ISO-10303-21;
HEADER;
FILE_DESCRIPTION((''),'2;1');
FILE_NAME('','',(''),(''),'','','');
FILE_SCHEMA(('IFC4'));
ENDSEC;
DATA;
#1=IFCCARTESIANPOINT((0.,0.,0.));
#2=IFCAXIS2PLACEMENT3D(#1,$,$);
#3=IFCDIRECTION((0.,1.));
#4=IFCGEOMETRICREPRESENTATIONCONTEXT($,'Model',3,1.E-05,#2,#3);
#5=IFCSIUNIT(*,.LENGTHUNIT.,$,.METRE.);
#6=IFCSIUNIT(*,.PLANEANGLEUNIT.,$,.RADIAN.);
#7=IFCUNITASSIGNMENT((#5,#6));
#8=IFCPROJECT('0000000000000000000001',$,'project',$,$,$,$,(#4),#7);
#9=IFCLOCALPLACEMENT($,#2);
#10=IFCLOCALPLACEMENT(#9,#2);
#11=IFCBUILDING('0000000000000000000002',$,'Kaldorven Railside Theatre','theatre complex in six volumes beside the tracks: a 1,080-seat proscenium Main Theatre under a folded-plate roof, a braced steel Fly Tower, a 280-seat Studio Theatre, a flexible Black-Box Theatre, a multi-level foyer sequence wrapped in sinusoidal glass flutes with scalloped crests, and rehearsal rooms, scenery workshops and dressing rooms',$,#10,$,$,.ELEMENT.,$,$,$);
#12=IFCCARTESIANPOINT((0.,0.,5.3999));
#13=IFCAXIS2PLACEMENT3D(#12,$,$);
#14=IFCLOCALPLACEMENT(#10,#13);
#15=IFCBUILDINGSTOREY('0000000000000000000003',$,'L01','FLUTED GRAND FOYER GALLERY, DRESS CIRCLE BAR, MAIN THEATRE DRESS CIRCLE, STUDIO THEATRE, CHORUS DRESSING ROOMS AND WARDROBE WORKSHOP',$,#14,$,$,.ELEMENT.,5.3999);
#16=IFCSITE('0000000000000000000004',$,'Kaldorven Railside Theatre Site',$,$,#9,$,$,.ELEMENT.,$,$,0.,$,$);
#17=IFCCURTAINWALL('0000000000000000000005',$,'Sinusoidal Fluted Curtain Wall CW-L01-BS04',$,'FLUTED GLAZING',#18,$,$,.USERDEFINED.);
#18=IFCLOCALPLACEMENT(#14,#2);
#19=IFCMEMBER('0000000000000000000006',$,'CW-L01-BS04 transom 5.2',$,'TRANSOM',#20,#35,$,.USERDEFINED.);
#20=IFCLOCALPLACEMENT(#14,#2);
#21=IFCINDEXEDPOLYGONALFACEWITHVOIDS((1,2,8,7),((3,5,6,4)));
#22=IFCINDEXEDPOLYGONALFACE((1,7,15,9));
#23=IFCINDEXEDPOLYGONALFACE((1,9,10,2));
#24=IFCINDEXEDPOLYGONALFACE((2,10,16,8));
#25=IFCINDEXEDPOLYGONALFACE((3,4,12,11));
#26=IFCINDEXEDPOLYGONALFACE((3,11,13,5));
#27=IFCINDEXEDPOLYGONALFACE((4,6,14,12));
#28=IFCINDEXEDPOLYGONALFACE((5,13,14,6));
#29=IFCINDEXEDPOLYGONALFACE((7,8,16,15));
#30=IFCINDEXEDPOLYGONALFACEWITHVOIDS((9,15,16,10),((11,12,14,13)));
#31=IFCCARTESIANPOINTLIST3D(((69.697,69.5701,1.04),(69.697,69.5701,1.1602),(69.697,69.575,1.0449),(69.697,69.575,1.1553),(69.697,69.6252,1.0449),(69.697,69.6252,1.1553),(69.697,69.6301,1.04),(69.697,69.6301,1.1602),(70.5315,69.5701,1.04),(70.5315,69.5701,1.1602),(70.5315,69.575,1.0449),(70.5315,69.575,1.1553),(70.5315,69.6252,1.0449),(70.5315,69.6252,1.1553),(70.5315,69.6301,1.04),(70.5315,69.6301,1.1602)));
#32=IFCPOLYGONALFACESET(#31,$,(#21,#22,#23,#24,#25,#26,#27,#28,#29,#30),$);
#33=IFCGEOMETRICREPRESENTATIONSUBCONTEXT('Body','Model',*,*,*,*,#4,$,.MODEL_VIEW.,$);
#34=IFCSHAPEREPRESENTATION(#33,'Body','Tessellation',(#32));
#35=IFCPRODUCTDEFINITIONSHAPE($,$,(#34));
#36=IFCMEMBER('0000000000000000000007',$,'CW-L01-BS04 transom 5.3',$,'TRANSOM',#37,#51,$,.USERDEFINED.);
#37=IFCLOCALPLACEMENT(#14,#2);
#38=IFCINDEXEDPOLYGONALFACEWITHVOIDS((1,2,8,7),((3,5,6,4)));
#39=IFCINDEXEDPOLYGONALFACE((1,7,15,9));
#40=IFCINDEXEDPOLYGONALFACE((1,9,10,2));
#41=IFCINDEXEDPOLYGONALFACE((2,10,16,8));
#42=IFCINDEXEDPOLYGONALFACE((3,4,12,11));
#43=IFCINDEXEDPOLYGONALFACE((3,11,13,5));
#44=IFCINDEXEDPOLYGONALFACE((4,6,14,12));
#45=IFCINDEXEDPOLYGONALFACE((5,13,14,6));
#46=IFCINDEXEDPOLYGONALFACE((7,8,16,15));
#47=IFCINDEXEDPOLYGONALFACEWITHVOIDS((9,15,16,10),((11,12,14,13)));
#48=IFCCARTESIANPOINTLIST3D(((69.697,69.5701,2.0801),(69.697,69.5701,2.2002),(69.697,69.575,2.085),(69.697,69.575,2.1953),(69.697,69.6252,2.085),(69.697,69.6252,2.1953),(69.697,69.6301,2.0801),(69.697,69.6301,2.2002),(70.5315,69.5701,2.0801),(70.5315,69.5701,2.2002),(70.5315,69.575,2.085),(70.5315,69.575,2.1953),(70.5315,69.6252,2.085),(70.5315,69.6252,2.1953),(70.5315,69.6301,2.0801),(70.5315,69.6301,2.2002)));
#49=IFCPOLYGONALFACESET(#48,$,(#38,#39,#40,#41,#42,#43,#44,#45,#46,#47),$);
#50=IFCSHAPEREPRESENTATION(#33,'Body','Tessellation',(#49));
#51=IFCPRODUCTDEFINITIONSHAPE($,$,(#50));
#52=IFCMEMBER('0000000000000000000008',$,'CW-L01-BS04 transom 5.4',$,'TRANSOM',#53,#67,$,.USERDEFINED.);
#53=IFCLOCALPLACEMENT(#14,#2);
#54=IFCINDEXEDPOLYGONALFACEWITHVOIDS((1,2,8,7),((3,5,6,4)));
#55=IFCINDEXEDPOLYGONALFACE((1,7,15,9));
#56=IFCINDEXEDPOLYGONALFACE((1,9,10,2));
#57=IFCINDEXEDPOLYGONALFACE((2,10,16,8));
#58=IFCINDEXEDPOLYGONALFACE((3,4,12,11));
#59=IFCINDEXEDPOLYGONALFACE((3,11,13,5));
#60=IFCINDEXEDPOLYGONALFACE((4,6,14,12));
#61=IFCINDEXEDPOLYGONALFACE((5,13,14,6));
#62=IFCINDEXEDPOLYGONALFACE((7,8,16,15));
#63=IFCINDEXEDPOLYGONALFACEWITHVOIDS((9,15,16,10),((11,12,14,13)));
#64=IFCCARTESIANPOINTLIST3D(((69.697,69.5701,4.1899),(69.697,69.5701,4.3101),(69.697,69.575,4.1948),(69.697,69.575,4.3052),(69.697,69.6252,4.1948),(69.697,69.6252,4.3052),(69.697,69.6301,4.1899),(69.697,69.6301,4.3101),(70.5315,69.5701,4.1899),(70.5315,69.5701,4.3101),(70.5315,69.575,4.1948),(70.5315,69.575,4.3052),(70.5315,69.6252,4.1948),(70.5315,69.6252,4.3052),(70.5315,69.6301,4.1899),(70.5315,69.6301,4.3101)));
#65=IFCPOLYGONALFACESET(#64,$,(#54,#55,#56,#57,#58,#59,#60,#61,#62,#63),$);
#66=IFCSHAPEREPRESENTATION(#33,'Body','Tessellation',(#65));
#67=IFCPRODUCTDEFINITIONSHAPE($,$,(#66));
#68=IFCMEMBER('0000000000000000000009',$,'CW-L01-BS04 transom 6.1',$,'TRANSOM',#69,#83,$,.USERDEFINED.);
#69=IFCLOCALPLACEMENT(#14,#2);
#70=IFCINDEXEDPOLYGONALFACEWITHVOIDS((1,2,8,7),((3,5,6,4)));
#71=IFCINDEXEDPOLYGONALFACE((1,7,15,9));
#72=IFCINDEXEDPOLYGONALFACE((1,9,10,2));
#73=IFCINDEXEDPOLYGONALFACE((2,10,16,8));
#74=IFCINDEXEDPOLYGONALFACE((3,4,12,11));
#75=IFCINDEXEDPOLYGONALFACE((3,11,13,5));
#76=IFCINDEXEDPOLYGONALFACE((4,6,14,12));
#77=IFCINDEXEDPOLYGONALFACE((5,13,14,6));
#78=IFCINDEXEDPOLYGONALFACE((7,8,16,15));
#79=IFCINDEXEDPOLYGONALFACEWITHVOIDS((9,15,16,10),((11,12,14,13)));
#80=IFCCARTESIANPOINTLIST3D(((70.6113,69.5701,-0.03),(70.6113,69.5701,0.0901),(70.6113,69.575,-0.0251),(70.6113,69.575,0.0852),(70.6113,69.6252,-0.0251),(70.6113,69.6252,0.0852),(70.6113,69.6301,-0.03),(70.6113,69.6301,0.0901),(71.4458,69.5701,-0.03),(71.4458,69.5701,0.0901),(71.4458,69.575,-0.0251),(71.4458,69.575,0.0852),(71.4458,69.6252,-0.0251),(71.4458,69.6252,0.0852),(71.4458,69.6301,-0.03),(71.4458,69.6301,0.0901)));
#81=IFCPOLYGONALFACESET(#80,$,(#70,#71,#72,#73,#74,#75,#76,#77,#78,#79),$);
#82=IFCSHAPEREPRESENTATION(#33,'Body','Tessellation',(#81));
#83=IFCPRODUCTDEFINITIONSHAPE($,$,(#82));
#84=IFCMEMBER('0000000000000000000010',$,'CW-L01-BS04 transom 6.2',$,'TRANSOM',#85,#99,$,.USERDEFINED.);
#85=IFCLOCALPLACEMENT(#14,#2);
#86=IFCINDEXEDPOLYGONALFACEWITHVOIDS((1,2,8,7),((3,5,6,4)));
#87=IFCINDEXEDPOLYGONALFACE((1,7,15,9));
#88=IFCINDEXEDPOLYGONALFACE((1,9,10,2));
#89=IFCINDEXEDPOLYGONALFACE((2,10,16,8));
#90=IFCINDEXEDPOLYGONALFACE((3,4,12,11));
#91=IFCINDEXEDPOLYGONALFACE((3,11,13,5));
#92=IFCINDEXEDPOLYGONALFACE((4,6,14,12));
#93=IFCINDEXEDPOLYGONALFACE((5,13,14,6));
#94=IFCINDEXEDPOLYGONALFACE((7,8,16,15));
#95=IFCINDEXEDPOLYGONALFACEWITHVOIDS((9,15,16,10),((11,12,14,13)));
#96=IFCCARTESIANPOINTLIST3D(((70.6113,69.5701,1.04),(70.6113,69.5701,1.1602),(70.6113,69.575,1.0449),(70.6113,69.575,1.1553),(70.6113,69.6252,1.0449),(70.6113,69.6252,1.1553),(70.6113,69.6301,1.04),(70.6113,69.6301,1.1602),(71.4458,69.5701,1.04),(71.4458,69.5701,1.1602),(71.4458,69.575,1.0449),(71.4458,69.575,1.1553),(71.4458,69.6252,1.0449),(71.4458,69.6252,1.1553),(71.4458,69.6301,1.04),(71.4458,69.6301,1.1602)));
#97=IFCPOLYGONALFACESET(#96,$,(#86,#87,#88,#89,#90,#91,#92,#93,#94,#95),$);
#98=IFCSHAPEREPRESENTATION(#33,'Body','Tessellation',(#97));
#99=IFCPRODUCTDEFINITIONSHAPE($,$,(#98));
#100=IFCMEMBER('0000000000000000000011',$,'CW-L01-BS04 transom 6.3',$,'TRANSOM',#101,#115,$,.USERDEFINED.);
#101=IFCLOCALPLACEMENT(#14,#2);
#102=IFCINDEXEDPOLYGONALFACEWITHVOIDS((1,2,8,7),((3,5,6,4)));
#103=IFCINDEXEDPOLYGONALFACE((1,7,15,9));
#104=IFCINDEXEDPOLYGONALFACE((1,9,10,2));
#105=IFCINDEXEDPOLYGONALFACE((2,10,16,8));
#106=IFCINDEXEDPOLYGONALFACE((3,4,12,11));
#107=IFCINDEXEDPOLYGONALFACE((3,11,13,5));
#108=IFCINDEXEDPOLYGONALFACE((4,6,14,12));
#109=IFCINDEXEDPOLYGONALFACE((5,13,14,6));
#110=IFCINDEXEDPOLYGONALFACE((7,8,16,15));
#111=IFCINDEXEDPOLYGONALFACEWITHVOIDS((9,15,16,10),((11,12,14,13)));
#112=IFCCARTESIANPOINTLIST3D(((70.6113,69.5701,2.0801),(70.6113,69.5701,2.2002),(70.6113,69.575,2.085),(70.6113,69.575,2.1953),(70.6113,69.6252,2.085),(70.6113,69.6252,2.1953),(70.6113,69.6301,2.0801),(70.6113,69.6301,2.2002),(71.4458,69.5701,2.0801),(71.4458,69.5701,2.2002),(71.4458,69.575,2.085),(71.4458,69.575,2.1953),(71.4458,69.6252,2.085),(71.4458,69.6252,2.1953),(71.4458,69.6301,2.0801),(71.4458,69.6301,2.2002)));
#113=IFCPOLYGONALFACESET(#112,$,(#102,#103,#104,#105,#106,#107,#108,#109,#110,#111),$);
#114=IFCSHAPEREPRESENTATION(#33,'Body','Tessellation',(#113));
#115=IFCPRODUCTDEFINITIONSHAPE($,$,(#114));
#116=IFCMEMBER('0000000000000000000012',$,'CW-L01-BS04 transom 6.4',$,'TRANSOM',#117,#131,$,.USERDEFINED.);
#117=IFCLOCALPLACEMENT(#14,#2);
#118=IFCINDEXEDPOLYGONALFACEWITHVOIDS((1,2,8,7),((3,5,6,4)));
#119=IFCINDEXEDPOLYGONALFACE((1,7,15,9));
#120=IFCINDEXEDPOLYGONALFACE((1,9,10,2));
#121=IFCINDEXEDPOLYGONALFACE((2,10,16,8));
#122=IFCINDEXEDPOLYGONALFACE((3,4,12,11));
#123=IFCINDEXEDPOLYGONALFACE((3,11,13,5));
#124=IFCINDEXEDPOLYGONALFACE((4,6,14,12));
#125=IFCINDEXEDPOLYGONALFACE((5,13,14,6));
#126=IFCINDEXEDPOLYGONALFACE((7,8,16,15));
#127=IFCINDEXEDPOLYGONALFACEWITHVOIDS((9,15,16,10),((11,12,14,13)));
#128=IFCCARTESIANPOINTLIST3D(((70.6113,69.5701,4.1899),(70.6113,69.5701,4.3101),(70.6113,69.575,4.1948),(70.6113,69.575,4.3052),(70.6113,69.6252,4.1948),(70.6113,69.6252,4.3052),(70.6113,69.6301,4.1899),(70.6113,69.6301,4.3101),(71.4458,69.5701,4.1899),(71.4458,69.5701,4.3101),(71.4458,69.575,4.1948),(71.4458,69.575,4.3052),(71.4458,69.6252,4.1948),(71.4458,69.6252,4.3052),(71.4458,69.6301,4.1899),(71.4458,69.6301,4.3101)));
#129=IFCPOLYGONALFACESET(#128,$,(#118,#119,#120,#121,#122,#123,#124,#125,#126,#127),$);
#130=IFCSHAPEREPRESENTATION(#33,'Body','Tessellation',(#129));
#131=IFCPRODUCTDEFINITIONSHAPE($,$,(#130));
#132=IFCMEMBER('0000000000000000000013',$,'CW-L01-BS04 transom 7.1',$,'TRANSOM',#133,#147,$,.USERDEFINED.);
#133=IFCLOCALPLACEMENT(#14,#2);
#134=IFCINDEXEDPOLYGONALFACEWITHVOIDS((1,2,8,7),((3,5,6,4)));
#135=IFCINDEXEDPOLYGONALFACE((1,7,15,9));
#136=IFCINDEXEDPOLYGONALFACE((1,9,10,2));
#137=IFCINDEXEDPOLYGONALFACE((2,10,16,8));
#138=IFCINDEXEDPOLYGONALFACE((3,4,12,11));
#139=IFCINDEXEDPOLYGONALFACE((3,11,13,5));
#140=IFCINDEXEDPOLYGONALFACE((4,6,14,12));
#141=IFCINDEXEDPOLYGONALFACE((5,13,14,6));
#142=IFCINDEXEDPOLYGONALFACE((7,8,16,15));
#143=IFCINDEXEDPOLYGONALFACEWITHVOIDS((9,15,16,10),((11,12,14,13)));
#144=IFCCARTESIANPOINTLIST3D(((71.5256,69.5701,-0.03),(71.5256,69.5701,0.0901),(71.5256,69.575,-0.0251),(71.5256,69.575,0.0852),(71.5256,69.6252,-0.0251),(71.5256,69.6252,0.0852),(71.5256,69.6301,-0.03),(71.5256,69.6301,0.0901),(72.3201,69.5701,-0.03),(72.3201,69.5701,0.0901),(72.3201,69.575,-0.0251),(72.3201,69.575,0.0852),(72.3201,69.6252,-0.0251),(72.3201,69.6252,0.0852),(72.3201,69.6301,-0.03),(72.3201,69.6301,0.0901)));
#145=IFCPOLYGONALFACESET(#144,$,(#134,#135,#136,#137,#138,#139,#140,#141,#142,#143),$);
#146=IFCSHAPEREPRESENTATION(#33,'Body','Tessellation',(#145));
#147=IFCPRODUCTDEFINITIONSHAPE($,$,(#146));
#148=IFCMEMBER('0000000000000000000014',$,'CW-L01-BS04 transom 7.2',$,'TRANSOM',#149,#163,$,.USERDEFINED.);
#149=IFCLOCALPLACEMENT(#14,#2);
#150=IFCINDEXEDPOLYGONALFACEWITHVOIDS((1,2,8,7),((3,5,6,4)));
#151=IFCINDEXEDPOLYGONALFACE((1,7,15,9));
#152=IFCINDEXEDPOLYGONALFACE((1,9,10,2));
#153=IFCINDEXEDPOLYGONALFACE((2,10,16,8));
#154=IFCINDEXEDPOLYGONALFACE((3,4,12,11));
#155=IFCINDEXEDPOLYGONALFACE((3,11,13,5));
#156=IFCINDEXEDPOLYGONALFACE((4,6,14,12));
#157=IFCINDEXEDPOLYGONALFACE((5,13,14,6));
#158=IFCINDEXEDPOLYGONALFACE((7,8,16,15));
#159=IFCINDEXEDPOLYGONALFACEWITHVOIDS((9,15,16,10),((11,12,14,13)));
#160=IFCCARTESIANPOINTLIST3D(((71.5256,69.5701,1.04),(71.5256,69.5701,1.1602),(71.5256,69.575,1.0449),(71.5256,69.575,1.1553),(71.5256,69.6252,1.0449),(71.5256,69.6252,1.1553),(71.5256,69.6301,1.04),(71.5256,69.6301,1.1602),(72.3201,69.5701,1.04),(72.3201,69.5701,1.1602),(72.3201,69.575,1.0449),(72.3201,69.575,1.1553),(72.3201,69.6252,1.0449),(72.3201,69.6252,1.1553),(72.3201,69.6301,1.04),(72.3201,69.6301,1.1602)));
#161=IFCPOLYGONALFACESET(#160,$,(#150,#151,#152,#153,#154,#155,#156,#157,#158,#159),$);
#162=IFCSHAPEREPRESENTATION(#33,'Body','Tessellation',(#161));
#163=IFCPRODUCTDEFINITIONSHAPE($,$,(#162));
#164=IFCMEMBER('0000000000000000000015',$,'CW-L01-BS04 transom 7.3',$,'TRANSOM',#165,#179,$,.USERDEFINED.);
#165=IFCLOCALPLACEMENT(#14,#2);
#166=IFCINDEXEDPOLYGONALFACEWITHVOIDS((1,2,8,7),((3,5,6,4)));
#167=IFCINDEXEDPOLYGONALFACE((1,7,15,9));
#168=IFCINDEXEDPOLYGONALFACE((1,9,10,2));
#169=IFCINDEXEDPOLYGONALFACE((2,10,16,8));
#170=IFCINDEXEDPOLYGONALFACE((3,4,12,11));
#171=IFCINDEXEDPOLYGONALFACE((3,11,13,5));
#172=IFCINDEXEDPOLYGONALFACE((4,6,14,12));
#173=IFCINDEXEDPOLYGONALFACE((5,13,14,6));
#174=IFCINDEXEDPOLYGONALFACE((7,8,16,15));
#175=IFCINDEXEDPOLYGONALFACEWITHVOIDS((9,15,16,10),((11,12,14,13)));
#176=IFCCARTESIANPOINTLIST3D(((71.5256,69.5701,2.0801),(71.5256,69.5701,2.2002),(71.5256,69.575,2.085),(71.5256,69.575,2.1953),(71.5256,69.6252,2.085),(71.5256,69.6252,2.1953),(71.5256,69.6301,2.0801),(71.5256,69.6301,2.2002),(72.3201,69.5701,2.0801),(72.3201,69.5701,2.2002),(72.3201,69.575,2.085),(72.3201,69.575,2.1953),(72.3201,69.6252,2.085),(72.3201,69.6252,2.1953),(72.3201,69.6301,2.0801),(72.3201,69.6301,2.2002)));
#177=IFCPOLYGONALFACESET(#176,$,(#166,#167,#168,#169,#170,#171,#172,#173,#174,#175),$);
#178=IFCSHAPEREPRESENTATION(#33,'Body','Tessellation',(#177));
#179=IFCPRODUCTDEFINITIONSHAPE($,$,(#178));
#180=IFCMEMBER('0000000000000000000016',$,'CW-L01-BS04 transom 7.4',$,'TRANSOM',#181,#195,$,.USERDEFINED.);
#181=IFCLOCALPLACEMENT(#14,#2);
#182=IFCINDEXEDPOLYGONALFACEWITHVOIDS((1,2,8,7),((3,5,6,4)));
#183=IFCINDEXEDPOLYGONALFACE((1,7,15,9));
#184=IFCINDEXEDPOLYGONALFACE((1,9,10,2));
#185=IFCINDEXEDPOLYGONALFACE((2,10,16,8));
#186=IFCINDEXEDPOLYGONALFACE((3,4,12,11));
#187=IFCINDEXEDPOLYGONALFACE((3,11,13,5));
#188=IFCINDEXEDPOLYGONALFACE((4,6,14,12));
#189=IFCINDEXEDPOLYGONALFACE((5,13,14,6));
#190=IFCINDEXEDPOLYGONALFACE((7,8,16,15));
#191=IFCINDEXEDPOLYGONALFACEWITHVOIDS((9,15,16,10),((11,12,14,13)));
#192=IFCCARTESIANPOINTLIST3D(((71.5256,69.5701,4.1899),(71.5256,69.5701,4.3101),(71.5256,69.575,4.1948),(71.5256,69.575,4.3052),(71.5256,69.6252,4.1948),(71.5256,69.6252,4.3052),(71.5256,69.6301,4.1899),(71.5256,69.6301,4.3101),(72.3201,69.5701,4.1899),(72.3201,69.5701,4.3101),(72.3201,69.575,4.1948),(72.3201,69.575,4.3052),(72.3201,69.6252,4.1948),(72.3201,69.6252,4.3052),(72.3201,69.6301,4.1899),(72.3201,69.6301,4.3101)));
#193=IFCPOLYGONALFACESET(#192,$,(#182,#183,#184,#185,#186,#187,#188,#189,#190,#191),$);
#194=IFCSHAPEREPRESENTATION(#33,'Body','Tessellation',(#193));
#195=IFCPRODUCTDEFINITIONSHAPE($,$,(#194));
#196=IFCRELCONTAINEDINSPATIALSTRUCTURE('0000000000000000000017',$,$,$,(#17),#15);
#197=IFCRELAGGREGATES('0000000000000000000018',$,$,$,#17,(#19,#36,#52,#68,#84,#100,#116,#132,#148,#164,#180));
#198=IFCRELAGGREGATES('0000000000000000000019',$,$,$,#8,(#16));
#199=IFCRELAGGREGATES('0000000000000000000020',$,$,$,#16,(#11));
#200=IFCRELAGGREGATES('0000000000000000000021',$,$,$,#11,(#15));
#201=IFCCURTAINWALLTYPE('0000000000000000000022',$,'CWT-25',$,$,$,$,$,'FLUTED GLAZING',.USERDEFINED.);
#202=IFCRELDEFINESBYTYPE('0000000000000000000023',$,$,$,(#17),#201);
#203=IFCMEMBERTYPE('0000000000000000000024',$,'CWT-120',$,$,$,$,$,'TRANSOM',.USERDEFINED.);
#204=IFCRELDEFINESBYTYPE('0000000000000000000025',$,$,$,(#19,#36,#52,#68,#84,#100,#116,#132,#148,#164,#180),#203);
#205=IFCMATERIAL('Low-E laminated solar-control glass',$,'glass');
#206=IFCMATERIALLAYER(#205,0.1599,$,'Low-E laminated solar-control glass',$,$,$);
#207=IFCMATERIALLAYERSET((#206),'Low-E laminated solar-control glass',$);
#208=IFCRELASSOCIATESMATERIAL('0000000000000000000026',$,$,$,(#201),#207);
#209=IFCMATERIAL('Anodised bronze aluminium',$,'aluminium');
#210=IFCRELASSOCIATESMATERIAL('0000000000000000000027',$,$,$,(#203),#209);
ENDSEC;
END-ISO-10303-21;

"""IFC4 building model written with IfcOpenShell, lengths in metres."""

from ifc_helpers import new_model, si_unit, direction, frame, origin, origin_2d, place, context, subcontext, project, spatial, hollow_rectangle, extrude, material, layer, layer_set, material_profile, profile_set, type_object, element, aggregate, save


model = new_model("IFC4")

# Units and contexts
model_context = context("Model", 3, precision=1e-05, world=origin(), true_north=direction((0.0, 1.0)))
body_context = subcontext(model_context, "Body", "Model", "MODEL_VIEW")
ifc_project = project(units=[si_unit("LENGTHUNIT", "METRE"), si_unit("PLANEANGLEUNIT", "RADIAN")], contexts=[model_context])

# Site, building, storey
site_placement = place(None, origin())
site = spatial("IfcSite", under=ifc_project, at=site_placement, Name="Kaldorven Railside Theatre Site", CompositionType="ELEMENT", RefElevation=0.0)
building_placement = place(site_placement, origin())
building = spatial("IfcBuilding", under=site, at=building_placement, Name="Kaldorven Railside Theatre", Description="theatre complex in six volumes beside the tracks: a 1,080-seat proscenium Main Theatre under a folded-plate roof, a braced steel Fly Tower, a 280-seat Studio Theatre, a flexible Black-Box Theatre, a multi-level foyer sequence wrapped in sinusoidal glass flutes with scalloped crests, and rehearsal rooms, scenery workshops and dressing rooms", CompositionType="ELEMENT")
storey_placement = place(building_placement, frame((0.0, 0.0, 5.3999)))
storey = spatial("IfcBuildingStorey", under=building, at=storey_placement, Name="L01", Description="FLUTED GRAND FOYER GALLERY, DRESS CIRCLE BAR, MAIN THEATRE DRESS CIRCLE, STUDIO THEATRE, CHORUS DRESSING ROOMS AND WARDROBE WORKSHOP", CompositionType="ELEMENT", Elevation=5.3999)

# Curtain wall, members
ifc_material_1 = material(Name="Low-E laminated solar-control glass", Category="glass")
ifc_layer_1 = layer(ifc_material_1, 0.1599, Name="Low-E laminated solar-control glass")
ifc_layer_set_1 = layer_set([ifc_layer_1], Name="Low-E laminated solar-control glass")
curtain_wall_type = type_object("IfcCurtainWallType", Name="CWT-25", ElementType="FLUTED GLAZING", PredefinedType="USERDEFINED", material=ifc_layer_set_1)
curtain_wall_placement = place(storey_placement, origin())
curtain_wall = element("IfcCurtainWall", 1, at=curtain_wall_placement, inside=storey, type_object=curtain_wall_type, Name="Sinusoidal Fluted Curtain Wall CW-L01-BS04", ObjectType="FLUTED GLAZING", PredefinedType="USERDEFINED")
ifc_material_2 = material(Name="Anodised bronze aluminium", Category="aluminium")
ifc_material_profile_1 = material_profile(ifc_material_2, hollow_rectangle(XDim=0.0601, YDim=0.1201, WallThickness=0.0049, at=origin_2d()), Name="RHS 120x60x5")
ifc_profile_set_1 = profile_set([ifc_material_profile_1], Name="Anodised bronze aluminium")
member_type_1 = type_object("IfcMemberType", Name="CWT-120", ElementType="TRANSOM", PredefinedType="USERDEFINED", material=ifc_profile_set_1)
member_1_placement = place(storey_placement, frame((69.697, 69.6001, 1.1001), z_axis=(1.0, 0.0, 0.0), x_axis=(0.0, 1.0, 0.0)))
member_1 = element("IfcMember", 2, at=member_1_placement, type_object=member_type_1, Name="CW-L01-BS04 transom 5.2", ObjectType="TRANSOM", PredefinedType="USERDEFINED", context=body_context, shape_type="SweptSolid", body=[
    extrude(hollow_rectangle(XDim=0.0601, YDim=0.1201, WallThickness=0.0049, at=origin_2d()), origin(), (0.0, 0.0, 1.0), 0.8345),
])
member_2_placement = place(storey_placement, frame((69.697, 69.6001, 2.1401), z_axis=(1.0, 0.0, 0.0), x_axis=(0.0, 1.0, 0.0)))
member_2 = element("IfcMember", 3, at=member_2_placement, type_object=member_type_1, Name="CW-L01-BS04 transom 5.3", ObjectType="TRANSOM", PredefinedType="USERDEFINED", context=body_context, shape_type="SweptSolid", body=[
    extrude(hollow_rectangle(XDim=0.0601, YDim=0.1201, WallThickness=0.0049, at=origin_2d()), origin(), (0.0, 0.0, 1.0), 0.8345),
])
member_3_placement = place(storey_placement, frame((69.697, 69.6001, 4.25), z_axis=(1.0, 0.0, 0.0), x_axis=(0.0, 1.0, 0.0)))
member_3 = element("IfcMember", 4, at=member_3_placement, type_object=member_type_1, Name="CW-L01-BS04 transom 5.4", ObjectType="TRANSOM", PredefinedType="USERDEFINED", context=body_context, shape_type="SweptSolid", body=[
    extrude(hollow_rectangle(XDim=0.0601, YDim=0.1201, WallThickness=0.0049, at=origin_2d()), origin(), (0.0, 0.0, 1.0), 0.8345),
])
member_4_placement = place(storey_placement, frame((70.6113, 69.6001, 0.03), z_axis=(1.0, 0.0, 0.0), x_axis=(0.0, 1.0, 0.0)))
member_4 = element("IfcMember", 5, at=member_4_placement, type_object=member_type_1, Name="CW-L01-BS04 transom 6.1", ObjectType="TRANSOM", PredefinedType="USERDEFINED", context=body_context, shape_type="SweptSolid", body=[
    extrude(hollow_rectangle(XDim=0.0601, YDim=0.1201, WallThickness=0.0049, at=origin_2d()), origin(), (0.0, 0.0, 1.0), 0.8345),
])
member_5_placement = place(storey_placement, frame((70.6113, 69.6001, 1.1001), z_axis=(1.0, 0.0, 0.0), x_axis=(0.0, 1.0, 0.0)))
member_5 = element("IfcMember", 6, at=member_5_placement, type_object=member_type_1, Name="CW-L01-BS04 transom 6.2", ObjectType="TRANSOM", PredefinedType="USERDEFINED", context=body_context, shape_type="SweptSolid", body=[
    extrude(hollow_rectangle(XDim=0.0601, YDim=0.1201, WallThickness=0.0049, at=origin_2d()), origin(), (0.0, 0.0, 1.0), 0.8345),
])
member_6_placement = place(storey_placement, frame((70.6113, 69.6001, 2.1401), z_axis=(1.0, 0.0, 0.0), x_axis=(0.0, 1.0, 0.0)))
member_6 = element("IfcMember", 7, at=member_6_placement, type_object=member_type_1, Name="CW-L01-BS04 transom 6.3", ObjectType="TRANSOM", PredefinedType="USERDEFINED", context=body_context, shape_type="SweptSolid", body=[
    extrude(hollow_rectangle(XDim=0.0601, YDim=0.1201, WallThickness=0.0049, at=origin_2d()), origin(), (0.0, 0.0, 1.0), 0.8345),
])
member_7_placement = place(storey_placement, frame((70.6113, 69.6001, 4.25), z_axis=(1.0, 0.0, 0.0), x_axis=(0.0, 1.0, 0.0)))
member_7 = element("IfcMember", 8, at=member_7_placement, type_object=member_type_1, Name="CW-L01-BS04 transom 6.4", ObjectType="TRANSOM", PredefinedType="USERDEFINED", context=body_context, shape_type="SweptSolid", body=[
    extrude(hollow_rectangle(XDim=0.0601, YDim=0.1201, WallThickness=0.0049, at=origin_2d()), origin(), (0.0, 0.0, 1.0), 0.8345),
])
member_8_placement = place(storey_placement, frame((71.5256, 69.6001, 0.03), z_axis=(1.0, 0.0, 0.0), x_axis=(0.0, 1.0, 0.0)))
member_8 = element("IfcMember", 9, at=member_8_placement, type_object=member_type_1, Name="CW-L01-BS04 transom 7.1", ObjectType="TRANSOM", PredefinedType="USERDEFINED", context=body_context, shape_type="SweptSolid", body=[
    extrude(hollow_rectangle(XDim=0.0601, YDim=0.1201, WallThickness=0.0049, at=origin_2d()), origin(), (0.0, 0.0, 1.0), 0.7944),
])
member_9_placement = place(storey_placement, frame((71.5256, 69.6001, 1.1001), z_axis=(1.0, 0.0, 0.0), x_axis=(0.0, 1.0, 0.0)))
member_9 = element("IfcMember", 10, at=member_9_placement, type_object=member_type_1, Name="CW-L01-BS04 transom 7.2", ObjectType="TRANSOM", PredefinedType="USERDEFINED", context=body_context, shape_type="SweptSolid", body=[
    extrude(hollow_rectangle(XDim=0.0601, YDim=0.1201, WallThickness=0.0049, at=origin_2d()), origin(), (0.0, 0.0, 1.0), 0.7944),
])
member_10_placement = place(storey_placement, frame((71.5256, 69.6001, 2.1401), z_axis=(1.0, 0.0, 0.0), x_axis=(0.0, 1.0, 0.0)))
member_10 = element("IfcMember", 11, at=member_10_placement, type_object=member_type_1, Name="CW-L01-BS04 transom 7.3", ObjectType="TRANSOM", PredefinedType="USERDEFINED", context=body_context, shape_type="SweptSolid", body=[
    extrude(hollow_rectangle(XDim=0.0601, YDim=0.1201, WallThickness=0.0049, at=origin_2d()), origin(), (0.0, 0.0, 1.0), 0.7944),
])
member_11_placement = place(storey_placement, frame((71.5256, 69.6001, 4.25), z_axis=(1.0, 0.0, 0.0), x_axis=(0.0, 1.0, 0.0)))
member_11 = element("IfcMember", 12, at=member_11_placement, type_object=member_type_1, Name="CW-L01-BS04 transom 7.4", ObjectType="TRANSOM", PredefinedType="USERDEFINED", context=body_context, shape_type="SweptSolid", body=[
    extrude(hollow_rectangle(XDim=0.0601, YDim=0.1201, WallThickness=0.0049, at=origin_2d()), origin(), (0.0, 0.0, 1.0), 0.7944),
])
aggregate(curtain_wall, [member_1, member_2, member_3, member_4, member_5, member_6, member_7, member_8, member_9, member_10, member_11])

save(model, "model.ifc")
